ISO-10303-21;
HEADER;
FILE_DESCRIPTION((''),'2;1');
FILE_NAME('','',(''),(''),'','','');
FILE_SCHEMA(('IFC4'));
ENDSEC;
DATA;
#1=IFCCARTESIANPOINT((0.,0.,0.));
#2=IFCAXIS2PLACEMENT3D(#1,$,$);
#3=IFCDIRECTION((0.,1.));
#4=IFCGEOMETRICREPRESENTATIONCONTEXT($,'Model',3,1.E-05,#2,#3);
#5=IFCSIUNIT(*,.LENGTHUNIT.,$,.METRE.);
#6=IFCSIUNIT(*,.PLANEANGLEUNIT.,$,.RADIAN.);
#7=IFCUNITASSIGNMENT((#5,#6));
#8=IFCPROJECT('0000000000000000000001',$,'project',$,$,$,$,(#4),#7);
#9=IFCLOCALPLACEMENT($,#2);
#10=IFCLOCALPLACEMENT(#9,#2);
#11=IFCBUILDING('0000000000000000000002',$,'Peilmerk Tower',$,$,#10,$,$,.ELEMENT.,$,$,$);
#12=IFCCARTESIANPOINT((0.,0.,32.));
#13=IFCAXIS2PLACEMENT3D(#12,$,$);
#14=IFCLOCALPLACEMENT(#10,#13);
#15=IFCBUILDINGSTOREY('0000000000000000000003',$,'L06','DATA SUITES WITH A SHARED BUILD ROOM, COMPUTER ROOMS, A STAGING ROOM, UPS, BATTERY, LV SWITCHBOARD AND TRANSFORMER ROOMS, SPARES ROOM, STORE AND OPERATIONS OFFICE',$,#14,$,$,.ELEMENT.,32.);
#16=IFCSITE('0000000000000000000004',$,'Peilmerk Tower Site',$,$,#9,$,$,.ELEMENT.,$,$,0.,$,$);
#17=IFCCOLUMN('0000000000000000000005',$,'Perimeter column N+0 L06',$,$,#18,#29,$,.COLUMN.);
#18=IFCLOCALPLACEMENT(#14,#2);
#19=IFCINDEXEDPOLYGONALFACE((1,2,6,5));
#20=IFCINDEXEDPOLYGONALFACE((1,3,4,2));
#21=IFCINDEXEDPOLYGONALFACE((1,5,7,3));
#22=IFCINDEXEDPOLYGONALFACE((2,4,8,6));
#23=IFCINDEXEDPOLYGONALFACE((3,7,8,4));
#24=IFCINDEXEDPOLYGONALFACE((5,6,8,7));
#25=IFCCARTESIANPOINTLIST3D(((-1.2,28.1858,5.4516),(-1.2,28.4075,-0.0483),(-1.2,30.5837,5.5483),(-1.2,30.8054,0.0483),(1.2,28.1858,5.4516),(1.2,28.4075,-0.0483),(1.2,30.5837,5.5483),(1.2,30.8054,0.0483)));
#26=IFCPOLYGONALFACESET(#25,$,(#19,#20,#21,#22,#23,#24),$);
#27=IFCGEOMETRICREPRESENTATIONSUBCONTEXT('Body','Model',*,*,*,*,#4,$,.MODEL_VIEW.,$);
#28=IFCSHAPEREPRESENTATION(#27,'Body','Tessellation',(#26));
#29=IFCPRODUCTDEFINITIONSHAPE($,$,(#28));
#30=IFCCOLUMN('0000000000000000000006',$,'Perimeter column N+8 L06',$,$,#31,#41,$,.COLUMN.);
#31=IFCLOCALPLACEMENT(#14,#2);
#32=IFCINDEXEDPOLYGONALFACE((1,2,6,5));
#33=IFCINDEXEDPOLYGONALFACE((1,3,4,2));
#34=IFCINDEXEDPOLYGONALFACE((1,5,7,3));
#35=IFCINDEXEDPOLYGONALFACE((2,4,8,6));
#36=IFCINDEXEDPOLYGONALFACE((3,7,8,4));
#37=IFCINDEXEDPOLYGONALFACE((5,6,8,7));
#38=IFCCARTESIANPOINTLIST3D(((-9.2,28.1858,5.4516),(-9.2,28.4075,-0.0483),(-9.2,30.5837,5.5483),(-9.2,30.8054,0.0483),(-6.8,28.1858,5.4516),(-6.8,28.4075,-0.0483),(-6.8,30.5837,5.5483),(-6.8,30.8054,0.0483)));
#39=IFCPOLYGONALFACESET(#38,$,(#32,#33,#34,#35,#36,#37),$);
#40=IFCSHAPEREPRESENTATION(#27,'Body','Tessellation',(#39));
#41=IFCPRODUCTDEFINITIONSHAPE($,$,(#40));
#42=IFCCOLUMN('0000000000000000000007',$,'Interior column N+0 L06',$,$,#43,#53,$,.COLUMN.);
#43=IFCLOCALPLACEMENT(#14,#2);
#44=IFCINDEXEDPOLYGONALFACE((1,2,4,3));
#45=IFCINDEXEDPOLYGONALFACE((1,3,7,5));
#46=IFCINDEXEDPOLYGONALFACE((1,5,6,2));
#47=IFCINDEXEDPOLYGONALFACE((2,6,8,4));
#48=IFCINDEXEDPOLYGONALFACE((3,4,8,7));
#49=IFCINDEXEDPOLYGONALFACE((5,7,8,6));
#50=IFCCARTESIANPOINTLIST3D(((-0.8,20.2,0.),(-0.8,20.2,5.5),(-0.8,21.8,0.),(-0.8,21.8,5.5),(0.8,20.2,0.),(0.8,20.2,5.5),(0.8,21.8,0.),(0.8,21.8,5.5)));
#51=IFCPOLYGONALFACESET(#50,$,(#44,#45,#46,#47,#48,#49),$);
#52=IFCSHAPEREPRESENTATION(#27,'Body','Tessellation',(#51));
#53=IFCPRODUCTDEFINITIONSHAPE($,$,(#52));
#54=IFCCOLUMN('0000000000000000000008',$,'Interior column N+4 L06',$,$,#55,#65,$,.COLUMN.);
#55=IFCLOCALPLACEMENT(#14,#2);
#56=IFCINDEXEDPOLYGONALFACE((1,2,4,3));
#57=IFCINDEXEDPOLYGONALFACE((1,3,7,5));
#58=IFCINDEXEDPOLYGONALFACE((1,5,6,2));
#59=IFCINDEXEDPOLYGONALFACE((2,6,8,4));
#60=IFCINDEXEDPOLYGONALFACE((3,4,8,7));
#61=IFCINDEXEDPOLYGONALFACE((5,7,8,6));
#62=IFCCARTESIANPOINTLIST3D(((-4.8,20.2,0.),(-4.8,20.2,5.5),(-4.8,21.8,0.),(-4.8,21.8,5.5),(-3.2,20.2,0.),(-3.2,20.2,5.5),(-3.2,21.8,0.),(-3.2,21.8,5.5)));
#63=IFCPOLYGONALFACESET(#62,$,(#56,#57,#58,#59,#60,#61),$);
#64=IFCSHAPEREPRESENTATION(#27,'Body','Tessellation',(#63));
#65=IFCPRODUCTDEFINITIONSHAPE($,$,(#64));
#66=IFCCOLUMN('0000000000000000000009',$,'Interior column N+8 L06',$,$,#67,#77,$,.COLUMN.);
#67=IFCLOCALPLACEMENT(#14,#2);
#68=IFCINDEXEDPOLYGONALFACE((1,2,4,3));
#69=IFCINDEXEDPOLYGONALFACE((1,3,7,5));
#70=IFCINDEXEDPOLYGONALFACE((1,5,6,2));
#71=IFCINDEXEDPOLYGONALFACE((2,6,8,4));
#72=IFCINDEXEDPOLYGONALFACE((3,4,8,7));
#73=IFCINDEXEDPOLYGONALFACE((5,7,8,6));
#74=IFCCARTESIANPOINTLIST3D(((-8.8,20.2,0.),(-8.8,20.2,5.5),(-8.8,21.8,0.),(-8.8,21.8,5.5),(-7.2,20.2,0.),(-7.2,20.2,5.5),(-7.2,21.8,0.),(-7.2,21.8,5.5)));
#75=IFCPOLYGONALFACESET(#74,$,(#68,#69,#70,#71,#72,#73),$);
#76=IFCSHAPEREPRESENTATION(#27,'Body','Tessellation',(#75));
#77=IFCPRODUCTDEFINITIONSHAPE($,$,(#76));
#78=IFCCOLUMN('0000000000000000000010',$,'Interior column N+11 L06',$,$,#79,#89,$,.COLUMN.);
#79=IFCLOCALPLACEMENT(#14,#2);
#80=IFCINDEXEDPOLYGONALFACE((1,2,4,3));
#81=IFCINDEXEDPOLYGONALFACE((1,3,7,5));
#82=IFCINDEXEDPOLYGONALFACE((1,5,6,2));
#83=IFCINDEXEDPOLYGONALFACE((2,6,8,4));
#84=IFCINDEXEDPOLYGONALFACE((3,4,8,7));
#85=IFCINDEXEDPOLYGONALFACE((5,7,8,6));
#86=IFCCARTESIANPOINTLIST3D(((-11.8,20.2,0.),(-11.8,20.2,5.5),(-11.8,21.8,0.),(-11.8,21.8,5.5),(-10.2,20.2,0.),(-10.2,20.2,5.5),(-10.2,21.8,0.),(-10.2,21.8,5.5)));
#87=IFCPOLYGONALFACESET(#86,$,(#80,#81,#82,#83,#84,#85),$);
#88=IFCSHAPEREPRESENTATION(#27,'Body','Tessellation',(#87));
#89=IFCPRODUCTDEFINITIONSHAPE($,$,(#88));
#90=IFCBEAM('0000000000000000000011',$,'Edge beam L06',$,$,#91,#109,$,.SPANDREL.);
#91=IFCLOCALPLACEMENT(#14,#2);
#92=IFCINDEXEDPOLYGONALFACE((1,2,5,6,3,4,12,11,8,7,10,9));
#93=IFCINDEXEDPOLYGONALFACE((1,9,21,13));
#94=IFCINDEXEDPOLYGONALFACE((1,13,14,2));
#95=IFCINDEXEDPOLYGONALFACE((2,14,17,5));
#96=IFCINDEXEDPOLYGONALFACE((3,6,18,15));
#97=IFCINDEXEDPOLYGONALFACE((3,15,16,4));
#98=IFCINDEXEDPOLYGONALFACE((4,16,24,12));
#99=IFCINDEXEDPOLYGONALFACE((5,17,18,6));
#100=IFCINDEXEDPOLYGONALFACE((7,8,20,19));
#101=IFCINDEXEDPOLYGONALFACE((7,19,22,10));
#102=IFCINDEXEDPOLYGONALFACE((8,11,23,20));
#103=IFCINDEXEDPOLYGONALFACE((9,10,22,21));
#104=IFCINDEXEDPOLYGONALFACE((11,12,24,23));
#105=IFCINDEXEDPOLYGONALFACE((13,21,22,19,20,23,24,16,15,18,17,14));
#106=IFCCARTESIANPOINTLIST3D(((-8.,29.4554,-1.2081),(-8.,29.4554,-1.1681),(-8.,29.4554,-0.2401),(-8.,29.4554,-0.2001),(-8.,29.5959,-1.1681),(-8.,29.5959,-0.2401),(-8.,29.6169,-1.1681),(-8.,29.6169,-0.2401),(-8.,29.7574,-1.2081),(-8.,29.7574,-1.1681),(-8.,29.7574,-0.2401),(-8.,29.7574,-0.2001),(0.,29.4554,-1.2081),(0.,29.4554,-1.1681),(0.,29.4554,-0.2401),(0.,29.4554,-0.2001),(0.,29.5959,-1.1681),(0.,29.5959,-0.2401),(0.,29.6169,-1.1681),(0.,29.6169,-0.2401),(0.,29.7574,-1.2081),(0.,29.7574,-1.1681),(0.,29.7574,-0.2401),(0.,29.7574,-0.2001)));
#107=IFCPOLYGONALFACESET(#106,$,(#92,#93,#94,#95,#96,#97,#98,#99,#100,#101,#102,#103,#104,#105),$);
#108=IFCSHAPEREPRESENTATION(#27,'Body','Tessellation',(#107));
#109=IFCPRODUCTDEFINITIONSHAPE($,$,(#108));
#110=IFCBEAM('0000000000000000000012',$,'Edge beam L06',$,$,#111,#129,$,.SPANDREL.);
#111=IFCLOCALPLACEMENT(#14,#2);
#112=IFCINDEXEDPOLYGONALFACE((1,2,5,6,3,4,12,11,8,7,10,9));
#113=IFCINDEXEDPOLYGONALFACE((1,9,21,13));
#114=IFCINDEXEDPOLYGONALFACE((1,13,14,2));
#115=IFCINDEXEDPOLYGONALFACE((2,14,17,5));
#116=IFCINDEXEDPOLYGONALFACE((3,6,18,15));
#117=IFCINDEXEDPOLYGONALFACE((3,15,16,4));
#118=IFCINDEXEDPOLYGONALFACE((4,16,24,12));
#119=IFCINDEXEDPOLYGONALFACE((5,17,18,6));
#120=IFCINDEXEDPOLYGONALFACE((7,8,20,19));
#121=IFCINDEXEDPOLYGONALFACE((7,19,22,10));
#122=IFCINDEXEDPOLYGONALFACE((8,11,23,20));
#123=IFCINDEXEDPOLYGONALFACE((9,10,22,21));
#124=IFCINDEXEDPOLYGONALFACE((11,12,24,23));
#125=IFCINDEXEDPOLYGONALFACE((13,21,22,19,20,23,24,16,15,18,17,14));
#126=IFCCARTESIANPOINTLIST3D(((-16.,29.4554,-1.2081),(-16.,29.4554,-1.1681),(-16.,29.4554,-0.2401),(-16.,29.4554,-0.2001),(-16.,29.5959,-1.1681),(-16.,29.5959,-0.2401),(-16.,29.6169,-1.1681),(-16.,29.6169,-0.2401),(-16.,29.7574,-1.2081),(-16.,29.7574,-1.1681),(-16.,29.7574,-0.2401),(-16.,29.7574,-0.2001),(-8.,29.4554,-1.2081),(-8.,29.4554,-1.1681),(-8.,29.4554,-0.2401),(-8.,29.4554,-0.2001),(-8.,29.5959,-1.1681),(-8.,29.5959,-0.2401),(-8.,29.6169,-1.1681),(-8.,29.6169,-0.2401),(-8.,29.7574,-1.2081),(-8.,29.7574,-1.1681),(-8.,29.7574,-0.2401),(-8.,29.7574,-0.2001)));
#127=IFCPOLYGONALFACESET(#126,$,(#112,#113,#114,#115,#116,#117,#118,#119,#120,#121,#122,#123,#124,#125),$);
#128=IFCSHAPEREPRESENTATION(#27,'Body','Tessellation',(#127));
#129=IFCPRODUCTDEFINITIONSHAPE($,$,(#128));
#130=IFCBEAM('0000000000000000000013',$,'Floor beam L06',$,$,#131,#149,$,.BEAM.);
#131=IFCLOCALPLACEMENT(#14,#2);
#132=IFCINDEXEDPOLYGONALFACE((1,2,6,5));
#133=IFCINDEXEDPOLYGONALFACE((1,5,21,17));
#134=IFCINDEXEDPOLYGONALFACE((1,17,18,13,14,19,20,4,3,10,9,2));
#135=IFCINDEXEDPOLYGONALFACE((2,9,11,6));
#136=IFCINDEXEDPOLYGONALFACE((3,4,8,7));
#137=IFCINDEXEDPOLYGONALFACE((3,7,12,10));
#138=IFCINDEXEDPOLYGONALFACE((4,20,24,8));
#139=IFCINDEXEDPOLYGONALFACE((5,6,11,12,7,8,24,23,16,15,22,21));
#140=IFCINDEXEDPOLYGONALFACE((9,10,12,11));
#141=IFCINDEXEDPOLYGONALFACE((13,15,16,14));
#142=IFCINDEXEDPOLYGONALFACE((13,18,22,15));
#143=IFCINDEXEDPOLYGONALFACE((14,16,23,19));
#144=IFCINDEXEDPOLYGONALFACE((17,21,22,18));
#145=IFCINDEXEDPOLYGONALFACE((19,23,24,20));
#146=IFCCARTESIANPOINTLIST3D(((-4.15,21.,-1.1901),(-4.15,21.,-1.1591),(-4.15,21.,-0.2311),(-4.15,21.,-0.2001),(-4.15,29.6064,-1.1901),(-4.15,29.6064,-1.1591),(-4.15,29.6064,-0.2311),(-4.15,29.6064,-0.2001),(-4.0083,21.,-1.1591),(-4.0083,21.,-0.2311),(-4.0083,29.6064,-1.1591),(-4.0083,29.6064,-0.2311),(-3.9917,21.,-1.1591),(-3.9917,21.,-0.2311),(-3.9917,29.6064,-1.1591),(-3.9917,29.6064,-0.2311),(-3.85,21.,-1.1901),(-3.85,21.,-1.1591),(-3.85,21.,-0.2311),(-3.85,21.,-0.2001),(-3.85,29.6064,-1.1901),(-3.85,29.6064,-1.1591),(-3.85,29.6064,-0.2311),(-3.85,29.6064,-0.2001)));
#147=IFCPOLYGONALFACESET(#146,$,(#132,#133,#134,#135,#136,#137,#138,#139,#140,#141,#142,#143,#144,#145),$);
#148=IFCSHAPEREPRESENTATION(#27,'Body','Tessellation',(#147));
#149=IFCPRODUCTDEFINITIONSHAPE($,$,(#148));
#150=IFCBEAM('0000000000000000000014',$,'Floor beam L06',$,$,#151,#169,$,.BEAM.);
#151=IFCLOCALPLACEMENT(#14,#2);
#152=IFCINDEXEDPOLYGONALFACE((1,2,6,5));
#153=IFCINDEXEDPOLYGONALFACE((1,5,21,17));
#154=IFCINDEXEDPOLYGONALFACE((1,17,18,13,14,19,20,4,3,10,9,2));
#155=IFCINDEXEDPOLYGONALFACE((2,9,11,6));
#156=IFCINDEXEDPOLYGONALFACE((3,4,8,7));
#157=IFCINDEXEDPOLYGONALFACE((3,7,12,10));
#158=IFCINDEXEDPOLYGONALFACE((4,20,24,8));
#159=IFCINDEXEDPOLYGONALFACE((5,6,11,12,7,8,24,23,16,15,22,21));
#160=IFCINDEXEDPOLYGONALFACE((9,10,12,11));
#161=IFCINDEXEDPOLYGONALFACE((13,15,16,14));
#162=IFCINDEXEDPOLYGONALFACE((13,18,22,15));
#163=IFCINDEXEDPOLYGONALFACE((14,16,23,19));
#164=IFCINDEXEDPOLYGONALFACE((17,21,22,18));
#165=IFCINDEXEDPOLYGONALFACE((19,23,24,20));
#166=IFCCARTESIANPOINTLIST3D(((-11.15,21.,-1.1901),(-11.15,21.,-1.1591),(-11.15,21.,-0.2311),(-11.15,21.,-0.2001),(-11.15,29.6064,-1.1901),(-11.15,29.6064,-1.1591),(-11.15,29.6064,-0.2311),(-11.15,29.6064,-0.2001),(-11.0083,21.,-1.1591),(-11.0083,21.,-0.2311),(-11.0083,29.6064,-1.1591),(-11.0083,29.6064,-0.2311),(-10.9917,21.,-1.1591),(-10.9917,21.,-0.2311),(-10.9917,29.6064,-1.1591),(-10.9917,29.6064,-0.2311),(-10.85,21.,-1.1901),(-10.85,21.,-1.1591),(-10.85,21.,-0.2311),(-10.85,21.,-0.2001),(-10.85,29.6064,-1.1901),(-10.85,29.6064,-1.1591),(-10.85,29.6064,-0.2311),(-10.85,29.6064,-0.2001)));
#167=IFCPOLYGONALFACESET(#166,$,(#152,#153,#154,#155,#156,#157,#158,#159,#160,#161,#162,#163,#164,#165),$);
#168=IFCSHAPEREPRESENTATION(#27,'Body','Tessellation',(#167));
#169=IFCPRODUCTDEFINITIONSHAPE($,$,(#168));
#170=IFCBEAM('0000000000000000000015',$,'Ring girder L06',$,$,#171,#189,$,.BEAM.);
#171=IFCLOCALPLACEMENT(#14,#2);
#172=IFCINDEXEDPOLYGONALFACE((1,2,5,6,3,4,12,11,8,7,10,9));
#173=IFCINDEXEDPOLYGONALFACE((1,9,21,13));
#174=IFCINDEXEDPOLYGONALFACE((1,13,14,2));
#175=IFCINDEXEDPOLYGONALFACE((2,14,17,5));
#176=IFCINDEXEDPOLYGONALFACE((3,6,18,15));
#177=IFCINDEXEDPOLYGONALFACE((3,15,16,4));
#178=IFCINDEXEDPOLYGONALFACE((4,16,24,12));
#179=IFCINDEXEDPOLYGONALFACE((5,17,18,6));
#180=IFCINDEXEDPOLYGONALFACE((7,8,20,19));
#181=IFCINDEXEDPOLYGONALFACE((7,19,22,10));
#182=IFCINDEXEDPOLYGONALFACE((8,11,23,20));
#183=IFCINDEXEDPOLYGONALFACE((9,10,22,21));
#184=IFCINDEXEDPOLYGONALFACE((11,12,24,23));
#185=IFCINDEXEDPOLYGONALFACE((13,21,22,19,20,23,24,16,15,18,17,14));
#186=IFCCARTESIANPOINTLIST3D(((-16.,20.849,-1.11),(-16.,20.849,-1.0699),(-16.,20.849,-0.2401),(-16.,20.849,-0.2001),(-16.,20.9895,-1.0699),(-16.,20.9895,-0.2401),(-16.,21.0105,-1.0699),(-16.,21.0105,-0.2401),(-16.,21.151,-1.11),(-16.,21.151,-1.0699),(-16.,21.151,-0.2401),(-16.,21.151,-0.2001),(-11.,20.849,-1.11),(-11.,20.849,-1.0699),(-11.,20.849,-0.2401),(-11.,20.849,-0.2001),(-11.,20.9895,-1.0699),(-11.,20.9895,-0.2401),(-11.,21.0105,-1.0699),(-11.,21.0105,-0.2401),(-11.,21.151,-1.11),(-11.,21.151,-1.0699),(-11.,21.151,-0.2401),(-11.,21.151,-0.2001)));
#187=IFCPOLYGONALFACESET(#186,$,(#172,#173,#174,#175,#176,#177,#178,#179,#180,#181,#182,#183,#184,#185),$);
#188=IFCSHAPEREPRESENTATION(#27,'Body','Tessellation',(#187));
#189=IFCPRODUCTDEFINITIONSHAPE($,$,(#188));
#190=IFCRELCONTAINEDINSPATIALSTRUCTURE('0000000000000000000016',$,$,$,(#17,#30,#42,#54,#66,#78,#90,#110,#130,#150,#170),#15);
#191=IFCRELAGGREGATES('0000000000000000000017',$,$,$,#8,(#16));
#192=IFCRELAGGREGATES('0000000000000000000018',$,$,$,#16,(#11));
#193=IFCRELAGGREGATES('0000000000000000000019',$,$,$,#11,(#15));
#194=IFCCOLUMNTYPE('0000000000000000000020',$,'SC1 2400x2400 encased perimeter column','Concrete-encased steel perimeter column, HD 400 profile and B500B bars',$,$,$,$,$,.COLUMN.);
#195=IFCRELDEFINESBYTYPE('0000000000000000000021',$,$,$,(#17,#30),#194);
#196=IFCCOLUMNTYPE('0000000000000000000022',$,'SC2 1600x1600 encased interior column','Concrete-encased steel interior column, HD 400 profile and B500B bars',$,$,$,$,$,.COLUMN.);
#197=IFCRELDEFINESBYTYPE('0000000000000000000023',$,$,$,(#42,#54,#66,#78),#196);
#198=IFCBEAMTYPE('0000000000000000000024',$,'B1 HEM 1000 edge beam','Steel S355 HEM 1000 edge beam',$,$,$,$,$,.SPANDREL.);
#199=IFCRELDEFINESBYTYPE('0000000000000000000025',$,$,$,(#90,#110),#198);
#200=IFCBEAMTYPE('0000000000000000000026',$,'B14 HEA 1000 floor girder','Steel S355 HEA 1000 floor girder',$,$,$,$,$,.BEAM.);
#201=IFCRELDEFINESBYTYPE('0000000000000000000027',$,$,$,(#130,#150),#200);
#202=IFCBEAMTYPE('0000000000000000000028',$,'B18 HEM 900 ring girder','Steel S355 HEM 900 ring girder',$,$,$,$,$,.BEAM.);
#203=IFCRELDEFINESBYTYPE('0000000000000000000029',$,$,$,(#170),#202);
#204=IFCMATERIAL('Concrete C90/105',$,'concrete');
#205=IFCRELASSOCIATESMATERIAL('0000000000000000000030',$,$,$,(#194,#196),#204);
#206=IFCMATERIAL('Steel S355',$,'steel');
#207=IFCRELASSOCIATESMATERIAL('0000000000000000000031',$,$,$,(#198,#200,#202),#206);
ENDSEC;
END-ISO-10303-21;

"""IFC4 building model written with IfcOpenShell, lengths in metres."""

from ifc_helpers import new_model, si_unit, direction, frame, origin, origin_2d, place, context, subcontext, project, spatial, rectangle, i_section, extrude, material, material_profile, profile_set, type_object, element, save


model = new_model("IFC4")

# Units and contexts
model_context = context("Model", 3, precision=1e-05, world=origin(), true_north=direction((0.0, 1.0)))
body_context = subcontext(model_context, "Body", "Model", "MODEL_VIEW")
ifc_project = project(units=[si_unit("LENGTHUNIT", "METRE"), si_unit("PLANEANGLEUNIT", "RADIAN")], contexts=[model_context])

# Site, building, storey
site_placement = place(None, origin())
site = spatial("IfcSite", under=ifc_project, at=site_placement, Name="Peilmerk Tower Site", CompositionType="ELEMENT", RefElevation=0.0)
building_placement = place(site_placement, origin())
building = spatial("IfcBuilding", under=site, at=building_placement, Name="Peilmerk Tower", CompositionType="ELEMENT")
storey_placement = place(building_placement, frame((0.0, 0.0, 32.0)))
storey = spatial("IfcBuildingStorey", under=building, at=storey_placement, Name="L06", Description="DATA SUITES WITH A SHARED BUILD ROOM, COMPUTER ROOMS, A STAGING ROOM, UPS, BATTERY, LV SWITCHBOARD AND TRANSFORMER ROOMS, SPARES ROOM, STORE AND OPERATIONS OFFICE", CompositionType="ELEMENT", Elevation=32.0)

# Columns
ifc_material_1 = material(Name="Concrete C90/105", Category="concrete")
ifc_material_profile_1 = material_profile(ifc_material_1, rectangle(XDim=2.3999, YDim=2.3999, at=origin_2d()), Name="RC 2400x2400")
ifc_profile_set_1 = profile_set([ifc_material_profile_1], Name="Concrete C90/105")
column_type_1 = type_object("IfcColumnType", Name="SC1 2400x2400 encased perimeter column", Description="Concrete-encased steel perimeter column, HD 400 profile and B500B bars", PredefinedType="COLUMN", material=ifc_profile_set_1)
for number, where, z_axis, x_axis, name in (
    (1, (0.0, 29.6064, 0.0), (0.0, -0.040273, 0.999189), (1.0, 0.0, 0.0), "Perimeter column N+0 L06"),
    (2, (-8.0, 29.6064, 0.0), (0.0, -0.040273, 0.999189), (1.0, 0.0, 0.0), "Perimeter column N+8 L06"),
):
    element("IfcColumn", number, at=place(storey_placement, frame(where, z_axis=z_axis, x_axis=x_axis)), inside=storey, type_object=column_type_1, Name=name, PredefinedType="COLUMN", context=body_context, shape_type="SweptSolid", body=[
        extrude(rectangle(XDim=2.3999, YDim=2.3999, at=origin_2d()), origin(), (0.0, 0.0, 1.0), 5.5044),
    ])
ifc_material_profile_2 = material_profile(ifc_material_1, rectangle(XDim=1.6001, YDim=1.6001, at=origin_2d()), Name="RC 1600x1600")
ifc_profile_set_2 = profile_set([ifc_material_profile_2], Name="Concrete C90/105")
column_type_2 = type_object("IfcColumnType", Name="SC2 1600x1600 encased interior column", Description="Concrete-encased steel interior column, HD 400 profile and B500B bars", PredefinedType="COLUMN", material=ifc_profile_set_2)
for number, where, z_axis, x_axis, name in (
    (3, (0.0, 21.0, 0.0), (0.0, 0.0, 1.0), (1.0, 0.0, 0.0), "Interior column N+0 L06"),
    (4, (-4.0, 21.0, 0.0), (0.0, 0.0, 1.0), (1.0, 0.0, 0.0), "Interior column N+4 L06"),
    (5, (-8.0, 21.0, 0.0), (0.0, 0.0, 1.0), (1.0, 0.0, 0.0), "Interior column N+8 L06"),
    (6, (-11.0, 21.0, 0.0), (0.0, 0.0, 1.0), (1.0, 0.0, 0.0), "Interior column N+11 L06"),
):
    element("IfcColumn", number, at=place(storey_placement, frame(where, z_axis=z_axis, x_axis=x_axis)), inside=storey, type_object=column_type_2, Name=name, PredefinedType="COLUMN", context=body_context, shape_type="SweptSolid", body=[
        extrude(rectangle(XDim=1.6001, YDim=1.6001, at=origin_2d()), origin(), (0.0, 0.0, 1.0), 5.5),
    ])

# Beams
ifc_material_2 = material(Name="Steel S355", Category="steel")
ifc_material_profile_3 = material_profile(ifc_material_2, i_section(OverallWidth=0.302, OverallDepth=1.0081, WebThickness=0.021, FlangeThickness=0.04, at=origin_2d()), Name="HEM 1000")
ifc_profile_set_3 = profile_set([ifc_material_profile_3], Name="Steel S355")
beam_type_1 = type_object("IfcBeamType", Name="B1 HEM 1000 edge beam", Description="Steel S355 HEM 1000 edge beam", PredefinedType="SPANDREL", material=ifc_profile_set_3)
for number, where, z_axis, x_axis, name in (
    (7, (0.0, 29.6064, -0.7041), (-1.0, 0.0, 0.0), (0.0, -1.0, 0.0), "Edge beam L06"),
    (8, (-8.0, 29.6064, -0.7041), (-1.0, 0.0, 0.0), (0.0, -1.0, 0.0), "Edge beam L06"),
):
    element("IfcBeam", number, at=place(storey_placement, frame(where, z_axis=z_axis, x_axis=x_axis)), inside=storey, type_object=beam_type_1, Name=name, PredefinedType="SPANDREL", context=body_context, shape_type="SweptSolid", body=[
        extrude(i_section(OverallWidth=0.302, OverallDepth=1.0081, WebThickness=0.021, FlangeThickness=0.04, at=origin_2d()), origin(), (0.0, 0.0, 1.0), 8.0),
    ])
ifc_material_profile_4 = material_profile(ifc_material_2, i_section(OverallWidth=0.3, OverallDepth=0.99, WebThickness=0.0166, FlangeThickness=0.031, at=origin_2d()), Name="HEA 1000")
ifc_profile_set_4 = profile_set([ifc_material_profile_4], Name="Steel S355")
beam_type_2 = type_object("IfcBeamType", Name="B14 HEA 1000 floor girder", Description="Steel S355 HEA 1000 floor girder", PredefinedType="BEAM", material=ifc_profile_set_4)
for number, where, z_axis, x_axis, name in (
    (9, (-4.0, 21.0, -0.6951), (0.0, 1.0, 0.0), (-1.0, 0.0, 0.0), "Floor beam L06"),
    (10, (-11.0, 21.0, -0.6951), (0.0, 1.0, 0.0), (-1.0, 0.0, 0.0), "Floor beam L06"),
):
    element("IfcBeam", number, at=place(storey_placement, frame(where, z_axis=z_axis, x_axis=x_axis)), inside=storey, type_object=beam_type_2, Name=name, PredefinedType="BEAM", context=body_context, shape_type="SweptSolid", body=[
        extrude(i_section(OverallWidth=0.3, OverallDepth=0.99, WebThickness=0.0166, FlangeThickness=0.031, at=origin_2d()), origin(), (0.0, 0.0, 1.0), 8.6064),
    ])
ifc_material_profile_5 = material_profile(ifc_material_2, i_section(OverallWidth=0.302, OverallDepth=0.9099, WebThickness=0.021, FlangeThickness=0.04, at=origin_2d()), Name="HEM 900")
ifc_profile_set_5 = profile_set([ifc_material_profile_5], Name="Steel S355")
beam_type_3 = type_object("IfcBeamType", Name="B18 HEM 900 ring girder", Description="Steel S355 HEM 900 ring girder", PredefinedType="BEAM", material=ifc_profile_set_5)
beam_1_placement = place(storey_placement, frame((-11.0, 21.0, -0.655), z_axis=(-1.0, 0.0, 0.0), x_axis=(0.0, -1.0, 0.0)))
element("IfcBeam", 11, at=beam_1_placement, inside=storey, type_object=beam_type_3, Name="Ring girder L06", PredefinedType="BEAM", context=body_context, shape_type="SweptSolid", body=[
    extrude(i_section(OverallWidth=0.302, OverallDepth=0.9099, WebThickness=0.021, FlangeThickness=0.04, at=origin_2d()), origin(), (0.0, 0.0, 1.0), 5.0),
])

save(model, "model.ifc")
